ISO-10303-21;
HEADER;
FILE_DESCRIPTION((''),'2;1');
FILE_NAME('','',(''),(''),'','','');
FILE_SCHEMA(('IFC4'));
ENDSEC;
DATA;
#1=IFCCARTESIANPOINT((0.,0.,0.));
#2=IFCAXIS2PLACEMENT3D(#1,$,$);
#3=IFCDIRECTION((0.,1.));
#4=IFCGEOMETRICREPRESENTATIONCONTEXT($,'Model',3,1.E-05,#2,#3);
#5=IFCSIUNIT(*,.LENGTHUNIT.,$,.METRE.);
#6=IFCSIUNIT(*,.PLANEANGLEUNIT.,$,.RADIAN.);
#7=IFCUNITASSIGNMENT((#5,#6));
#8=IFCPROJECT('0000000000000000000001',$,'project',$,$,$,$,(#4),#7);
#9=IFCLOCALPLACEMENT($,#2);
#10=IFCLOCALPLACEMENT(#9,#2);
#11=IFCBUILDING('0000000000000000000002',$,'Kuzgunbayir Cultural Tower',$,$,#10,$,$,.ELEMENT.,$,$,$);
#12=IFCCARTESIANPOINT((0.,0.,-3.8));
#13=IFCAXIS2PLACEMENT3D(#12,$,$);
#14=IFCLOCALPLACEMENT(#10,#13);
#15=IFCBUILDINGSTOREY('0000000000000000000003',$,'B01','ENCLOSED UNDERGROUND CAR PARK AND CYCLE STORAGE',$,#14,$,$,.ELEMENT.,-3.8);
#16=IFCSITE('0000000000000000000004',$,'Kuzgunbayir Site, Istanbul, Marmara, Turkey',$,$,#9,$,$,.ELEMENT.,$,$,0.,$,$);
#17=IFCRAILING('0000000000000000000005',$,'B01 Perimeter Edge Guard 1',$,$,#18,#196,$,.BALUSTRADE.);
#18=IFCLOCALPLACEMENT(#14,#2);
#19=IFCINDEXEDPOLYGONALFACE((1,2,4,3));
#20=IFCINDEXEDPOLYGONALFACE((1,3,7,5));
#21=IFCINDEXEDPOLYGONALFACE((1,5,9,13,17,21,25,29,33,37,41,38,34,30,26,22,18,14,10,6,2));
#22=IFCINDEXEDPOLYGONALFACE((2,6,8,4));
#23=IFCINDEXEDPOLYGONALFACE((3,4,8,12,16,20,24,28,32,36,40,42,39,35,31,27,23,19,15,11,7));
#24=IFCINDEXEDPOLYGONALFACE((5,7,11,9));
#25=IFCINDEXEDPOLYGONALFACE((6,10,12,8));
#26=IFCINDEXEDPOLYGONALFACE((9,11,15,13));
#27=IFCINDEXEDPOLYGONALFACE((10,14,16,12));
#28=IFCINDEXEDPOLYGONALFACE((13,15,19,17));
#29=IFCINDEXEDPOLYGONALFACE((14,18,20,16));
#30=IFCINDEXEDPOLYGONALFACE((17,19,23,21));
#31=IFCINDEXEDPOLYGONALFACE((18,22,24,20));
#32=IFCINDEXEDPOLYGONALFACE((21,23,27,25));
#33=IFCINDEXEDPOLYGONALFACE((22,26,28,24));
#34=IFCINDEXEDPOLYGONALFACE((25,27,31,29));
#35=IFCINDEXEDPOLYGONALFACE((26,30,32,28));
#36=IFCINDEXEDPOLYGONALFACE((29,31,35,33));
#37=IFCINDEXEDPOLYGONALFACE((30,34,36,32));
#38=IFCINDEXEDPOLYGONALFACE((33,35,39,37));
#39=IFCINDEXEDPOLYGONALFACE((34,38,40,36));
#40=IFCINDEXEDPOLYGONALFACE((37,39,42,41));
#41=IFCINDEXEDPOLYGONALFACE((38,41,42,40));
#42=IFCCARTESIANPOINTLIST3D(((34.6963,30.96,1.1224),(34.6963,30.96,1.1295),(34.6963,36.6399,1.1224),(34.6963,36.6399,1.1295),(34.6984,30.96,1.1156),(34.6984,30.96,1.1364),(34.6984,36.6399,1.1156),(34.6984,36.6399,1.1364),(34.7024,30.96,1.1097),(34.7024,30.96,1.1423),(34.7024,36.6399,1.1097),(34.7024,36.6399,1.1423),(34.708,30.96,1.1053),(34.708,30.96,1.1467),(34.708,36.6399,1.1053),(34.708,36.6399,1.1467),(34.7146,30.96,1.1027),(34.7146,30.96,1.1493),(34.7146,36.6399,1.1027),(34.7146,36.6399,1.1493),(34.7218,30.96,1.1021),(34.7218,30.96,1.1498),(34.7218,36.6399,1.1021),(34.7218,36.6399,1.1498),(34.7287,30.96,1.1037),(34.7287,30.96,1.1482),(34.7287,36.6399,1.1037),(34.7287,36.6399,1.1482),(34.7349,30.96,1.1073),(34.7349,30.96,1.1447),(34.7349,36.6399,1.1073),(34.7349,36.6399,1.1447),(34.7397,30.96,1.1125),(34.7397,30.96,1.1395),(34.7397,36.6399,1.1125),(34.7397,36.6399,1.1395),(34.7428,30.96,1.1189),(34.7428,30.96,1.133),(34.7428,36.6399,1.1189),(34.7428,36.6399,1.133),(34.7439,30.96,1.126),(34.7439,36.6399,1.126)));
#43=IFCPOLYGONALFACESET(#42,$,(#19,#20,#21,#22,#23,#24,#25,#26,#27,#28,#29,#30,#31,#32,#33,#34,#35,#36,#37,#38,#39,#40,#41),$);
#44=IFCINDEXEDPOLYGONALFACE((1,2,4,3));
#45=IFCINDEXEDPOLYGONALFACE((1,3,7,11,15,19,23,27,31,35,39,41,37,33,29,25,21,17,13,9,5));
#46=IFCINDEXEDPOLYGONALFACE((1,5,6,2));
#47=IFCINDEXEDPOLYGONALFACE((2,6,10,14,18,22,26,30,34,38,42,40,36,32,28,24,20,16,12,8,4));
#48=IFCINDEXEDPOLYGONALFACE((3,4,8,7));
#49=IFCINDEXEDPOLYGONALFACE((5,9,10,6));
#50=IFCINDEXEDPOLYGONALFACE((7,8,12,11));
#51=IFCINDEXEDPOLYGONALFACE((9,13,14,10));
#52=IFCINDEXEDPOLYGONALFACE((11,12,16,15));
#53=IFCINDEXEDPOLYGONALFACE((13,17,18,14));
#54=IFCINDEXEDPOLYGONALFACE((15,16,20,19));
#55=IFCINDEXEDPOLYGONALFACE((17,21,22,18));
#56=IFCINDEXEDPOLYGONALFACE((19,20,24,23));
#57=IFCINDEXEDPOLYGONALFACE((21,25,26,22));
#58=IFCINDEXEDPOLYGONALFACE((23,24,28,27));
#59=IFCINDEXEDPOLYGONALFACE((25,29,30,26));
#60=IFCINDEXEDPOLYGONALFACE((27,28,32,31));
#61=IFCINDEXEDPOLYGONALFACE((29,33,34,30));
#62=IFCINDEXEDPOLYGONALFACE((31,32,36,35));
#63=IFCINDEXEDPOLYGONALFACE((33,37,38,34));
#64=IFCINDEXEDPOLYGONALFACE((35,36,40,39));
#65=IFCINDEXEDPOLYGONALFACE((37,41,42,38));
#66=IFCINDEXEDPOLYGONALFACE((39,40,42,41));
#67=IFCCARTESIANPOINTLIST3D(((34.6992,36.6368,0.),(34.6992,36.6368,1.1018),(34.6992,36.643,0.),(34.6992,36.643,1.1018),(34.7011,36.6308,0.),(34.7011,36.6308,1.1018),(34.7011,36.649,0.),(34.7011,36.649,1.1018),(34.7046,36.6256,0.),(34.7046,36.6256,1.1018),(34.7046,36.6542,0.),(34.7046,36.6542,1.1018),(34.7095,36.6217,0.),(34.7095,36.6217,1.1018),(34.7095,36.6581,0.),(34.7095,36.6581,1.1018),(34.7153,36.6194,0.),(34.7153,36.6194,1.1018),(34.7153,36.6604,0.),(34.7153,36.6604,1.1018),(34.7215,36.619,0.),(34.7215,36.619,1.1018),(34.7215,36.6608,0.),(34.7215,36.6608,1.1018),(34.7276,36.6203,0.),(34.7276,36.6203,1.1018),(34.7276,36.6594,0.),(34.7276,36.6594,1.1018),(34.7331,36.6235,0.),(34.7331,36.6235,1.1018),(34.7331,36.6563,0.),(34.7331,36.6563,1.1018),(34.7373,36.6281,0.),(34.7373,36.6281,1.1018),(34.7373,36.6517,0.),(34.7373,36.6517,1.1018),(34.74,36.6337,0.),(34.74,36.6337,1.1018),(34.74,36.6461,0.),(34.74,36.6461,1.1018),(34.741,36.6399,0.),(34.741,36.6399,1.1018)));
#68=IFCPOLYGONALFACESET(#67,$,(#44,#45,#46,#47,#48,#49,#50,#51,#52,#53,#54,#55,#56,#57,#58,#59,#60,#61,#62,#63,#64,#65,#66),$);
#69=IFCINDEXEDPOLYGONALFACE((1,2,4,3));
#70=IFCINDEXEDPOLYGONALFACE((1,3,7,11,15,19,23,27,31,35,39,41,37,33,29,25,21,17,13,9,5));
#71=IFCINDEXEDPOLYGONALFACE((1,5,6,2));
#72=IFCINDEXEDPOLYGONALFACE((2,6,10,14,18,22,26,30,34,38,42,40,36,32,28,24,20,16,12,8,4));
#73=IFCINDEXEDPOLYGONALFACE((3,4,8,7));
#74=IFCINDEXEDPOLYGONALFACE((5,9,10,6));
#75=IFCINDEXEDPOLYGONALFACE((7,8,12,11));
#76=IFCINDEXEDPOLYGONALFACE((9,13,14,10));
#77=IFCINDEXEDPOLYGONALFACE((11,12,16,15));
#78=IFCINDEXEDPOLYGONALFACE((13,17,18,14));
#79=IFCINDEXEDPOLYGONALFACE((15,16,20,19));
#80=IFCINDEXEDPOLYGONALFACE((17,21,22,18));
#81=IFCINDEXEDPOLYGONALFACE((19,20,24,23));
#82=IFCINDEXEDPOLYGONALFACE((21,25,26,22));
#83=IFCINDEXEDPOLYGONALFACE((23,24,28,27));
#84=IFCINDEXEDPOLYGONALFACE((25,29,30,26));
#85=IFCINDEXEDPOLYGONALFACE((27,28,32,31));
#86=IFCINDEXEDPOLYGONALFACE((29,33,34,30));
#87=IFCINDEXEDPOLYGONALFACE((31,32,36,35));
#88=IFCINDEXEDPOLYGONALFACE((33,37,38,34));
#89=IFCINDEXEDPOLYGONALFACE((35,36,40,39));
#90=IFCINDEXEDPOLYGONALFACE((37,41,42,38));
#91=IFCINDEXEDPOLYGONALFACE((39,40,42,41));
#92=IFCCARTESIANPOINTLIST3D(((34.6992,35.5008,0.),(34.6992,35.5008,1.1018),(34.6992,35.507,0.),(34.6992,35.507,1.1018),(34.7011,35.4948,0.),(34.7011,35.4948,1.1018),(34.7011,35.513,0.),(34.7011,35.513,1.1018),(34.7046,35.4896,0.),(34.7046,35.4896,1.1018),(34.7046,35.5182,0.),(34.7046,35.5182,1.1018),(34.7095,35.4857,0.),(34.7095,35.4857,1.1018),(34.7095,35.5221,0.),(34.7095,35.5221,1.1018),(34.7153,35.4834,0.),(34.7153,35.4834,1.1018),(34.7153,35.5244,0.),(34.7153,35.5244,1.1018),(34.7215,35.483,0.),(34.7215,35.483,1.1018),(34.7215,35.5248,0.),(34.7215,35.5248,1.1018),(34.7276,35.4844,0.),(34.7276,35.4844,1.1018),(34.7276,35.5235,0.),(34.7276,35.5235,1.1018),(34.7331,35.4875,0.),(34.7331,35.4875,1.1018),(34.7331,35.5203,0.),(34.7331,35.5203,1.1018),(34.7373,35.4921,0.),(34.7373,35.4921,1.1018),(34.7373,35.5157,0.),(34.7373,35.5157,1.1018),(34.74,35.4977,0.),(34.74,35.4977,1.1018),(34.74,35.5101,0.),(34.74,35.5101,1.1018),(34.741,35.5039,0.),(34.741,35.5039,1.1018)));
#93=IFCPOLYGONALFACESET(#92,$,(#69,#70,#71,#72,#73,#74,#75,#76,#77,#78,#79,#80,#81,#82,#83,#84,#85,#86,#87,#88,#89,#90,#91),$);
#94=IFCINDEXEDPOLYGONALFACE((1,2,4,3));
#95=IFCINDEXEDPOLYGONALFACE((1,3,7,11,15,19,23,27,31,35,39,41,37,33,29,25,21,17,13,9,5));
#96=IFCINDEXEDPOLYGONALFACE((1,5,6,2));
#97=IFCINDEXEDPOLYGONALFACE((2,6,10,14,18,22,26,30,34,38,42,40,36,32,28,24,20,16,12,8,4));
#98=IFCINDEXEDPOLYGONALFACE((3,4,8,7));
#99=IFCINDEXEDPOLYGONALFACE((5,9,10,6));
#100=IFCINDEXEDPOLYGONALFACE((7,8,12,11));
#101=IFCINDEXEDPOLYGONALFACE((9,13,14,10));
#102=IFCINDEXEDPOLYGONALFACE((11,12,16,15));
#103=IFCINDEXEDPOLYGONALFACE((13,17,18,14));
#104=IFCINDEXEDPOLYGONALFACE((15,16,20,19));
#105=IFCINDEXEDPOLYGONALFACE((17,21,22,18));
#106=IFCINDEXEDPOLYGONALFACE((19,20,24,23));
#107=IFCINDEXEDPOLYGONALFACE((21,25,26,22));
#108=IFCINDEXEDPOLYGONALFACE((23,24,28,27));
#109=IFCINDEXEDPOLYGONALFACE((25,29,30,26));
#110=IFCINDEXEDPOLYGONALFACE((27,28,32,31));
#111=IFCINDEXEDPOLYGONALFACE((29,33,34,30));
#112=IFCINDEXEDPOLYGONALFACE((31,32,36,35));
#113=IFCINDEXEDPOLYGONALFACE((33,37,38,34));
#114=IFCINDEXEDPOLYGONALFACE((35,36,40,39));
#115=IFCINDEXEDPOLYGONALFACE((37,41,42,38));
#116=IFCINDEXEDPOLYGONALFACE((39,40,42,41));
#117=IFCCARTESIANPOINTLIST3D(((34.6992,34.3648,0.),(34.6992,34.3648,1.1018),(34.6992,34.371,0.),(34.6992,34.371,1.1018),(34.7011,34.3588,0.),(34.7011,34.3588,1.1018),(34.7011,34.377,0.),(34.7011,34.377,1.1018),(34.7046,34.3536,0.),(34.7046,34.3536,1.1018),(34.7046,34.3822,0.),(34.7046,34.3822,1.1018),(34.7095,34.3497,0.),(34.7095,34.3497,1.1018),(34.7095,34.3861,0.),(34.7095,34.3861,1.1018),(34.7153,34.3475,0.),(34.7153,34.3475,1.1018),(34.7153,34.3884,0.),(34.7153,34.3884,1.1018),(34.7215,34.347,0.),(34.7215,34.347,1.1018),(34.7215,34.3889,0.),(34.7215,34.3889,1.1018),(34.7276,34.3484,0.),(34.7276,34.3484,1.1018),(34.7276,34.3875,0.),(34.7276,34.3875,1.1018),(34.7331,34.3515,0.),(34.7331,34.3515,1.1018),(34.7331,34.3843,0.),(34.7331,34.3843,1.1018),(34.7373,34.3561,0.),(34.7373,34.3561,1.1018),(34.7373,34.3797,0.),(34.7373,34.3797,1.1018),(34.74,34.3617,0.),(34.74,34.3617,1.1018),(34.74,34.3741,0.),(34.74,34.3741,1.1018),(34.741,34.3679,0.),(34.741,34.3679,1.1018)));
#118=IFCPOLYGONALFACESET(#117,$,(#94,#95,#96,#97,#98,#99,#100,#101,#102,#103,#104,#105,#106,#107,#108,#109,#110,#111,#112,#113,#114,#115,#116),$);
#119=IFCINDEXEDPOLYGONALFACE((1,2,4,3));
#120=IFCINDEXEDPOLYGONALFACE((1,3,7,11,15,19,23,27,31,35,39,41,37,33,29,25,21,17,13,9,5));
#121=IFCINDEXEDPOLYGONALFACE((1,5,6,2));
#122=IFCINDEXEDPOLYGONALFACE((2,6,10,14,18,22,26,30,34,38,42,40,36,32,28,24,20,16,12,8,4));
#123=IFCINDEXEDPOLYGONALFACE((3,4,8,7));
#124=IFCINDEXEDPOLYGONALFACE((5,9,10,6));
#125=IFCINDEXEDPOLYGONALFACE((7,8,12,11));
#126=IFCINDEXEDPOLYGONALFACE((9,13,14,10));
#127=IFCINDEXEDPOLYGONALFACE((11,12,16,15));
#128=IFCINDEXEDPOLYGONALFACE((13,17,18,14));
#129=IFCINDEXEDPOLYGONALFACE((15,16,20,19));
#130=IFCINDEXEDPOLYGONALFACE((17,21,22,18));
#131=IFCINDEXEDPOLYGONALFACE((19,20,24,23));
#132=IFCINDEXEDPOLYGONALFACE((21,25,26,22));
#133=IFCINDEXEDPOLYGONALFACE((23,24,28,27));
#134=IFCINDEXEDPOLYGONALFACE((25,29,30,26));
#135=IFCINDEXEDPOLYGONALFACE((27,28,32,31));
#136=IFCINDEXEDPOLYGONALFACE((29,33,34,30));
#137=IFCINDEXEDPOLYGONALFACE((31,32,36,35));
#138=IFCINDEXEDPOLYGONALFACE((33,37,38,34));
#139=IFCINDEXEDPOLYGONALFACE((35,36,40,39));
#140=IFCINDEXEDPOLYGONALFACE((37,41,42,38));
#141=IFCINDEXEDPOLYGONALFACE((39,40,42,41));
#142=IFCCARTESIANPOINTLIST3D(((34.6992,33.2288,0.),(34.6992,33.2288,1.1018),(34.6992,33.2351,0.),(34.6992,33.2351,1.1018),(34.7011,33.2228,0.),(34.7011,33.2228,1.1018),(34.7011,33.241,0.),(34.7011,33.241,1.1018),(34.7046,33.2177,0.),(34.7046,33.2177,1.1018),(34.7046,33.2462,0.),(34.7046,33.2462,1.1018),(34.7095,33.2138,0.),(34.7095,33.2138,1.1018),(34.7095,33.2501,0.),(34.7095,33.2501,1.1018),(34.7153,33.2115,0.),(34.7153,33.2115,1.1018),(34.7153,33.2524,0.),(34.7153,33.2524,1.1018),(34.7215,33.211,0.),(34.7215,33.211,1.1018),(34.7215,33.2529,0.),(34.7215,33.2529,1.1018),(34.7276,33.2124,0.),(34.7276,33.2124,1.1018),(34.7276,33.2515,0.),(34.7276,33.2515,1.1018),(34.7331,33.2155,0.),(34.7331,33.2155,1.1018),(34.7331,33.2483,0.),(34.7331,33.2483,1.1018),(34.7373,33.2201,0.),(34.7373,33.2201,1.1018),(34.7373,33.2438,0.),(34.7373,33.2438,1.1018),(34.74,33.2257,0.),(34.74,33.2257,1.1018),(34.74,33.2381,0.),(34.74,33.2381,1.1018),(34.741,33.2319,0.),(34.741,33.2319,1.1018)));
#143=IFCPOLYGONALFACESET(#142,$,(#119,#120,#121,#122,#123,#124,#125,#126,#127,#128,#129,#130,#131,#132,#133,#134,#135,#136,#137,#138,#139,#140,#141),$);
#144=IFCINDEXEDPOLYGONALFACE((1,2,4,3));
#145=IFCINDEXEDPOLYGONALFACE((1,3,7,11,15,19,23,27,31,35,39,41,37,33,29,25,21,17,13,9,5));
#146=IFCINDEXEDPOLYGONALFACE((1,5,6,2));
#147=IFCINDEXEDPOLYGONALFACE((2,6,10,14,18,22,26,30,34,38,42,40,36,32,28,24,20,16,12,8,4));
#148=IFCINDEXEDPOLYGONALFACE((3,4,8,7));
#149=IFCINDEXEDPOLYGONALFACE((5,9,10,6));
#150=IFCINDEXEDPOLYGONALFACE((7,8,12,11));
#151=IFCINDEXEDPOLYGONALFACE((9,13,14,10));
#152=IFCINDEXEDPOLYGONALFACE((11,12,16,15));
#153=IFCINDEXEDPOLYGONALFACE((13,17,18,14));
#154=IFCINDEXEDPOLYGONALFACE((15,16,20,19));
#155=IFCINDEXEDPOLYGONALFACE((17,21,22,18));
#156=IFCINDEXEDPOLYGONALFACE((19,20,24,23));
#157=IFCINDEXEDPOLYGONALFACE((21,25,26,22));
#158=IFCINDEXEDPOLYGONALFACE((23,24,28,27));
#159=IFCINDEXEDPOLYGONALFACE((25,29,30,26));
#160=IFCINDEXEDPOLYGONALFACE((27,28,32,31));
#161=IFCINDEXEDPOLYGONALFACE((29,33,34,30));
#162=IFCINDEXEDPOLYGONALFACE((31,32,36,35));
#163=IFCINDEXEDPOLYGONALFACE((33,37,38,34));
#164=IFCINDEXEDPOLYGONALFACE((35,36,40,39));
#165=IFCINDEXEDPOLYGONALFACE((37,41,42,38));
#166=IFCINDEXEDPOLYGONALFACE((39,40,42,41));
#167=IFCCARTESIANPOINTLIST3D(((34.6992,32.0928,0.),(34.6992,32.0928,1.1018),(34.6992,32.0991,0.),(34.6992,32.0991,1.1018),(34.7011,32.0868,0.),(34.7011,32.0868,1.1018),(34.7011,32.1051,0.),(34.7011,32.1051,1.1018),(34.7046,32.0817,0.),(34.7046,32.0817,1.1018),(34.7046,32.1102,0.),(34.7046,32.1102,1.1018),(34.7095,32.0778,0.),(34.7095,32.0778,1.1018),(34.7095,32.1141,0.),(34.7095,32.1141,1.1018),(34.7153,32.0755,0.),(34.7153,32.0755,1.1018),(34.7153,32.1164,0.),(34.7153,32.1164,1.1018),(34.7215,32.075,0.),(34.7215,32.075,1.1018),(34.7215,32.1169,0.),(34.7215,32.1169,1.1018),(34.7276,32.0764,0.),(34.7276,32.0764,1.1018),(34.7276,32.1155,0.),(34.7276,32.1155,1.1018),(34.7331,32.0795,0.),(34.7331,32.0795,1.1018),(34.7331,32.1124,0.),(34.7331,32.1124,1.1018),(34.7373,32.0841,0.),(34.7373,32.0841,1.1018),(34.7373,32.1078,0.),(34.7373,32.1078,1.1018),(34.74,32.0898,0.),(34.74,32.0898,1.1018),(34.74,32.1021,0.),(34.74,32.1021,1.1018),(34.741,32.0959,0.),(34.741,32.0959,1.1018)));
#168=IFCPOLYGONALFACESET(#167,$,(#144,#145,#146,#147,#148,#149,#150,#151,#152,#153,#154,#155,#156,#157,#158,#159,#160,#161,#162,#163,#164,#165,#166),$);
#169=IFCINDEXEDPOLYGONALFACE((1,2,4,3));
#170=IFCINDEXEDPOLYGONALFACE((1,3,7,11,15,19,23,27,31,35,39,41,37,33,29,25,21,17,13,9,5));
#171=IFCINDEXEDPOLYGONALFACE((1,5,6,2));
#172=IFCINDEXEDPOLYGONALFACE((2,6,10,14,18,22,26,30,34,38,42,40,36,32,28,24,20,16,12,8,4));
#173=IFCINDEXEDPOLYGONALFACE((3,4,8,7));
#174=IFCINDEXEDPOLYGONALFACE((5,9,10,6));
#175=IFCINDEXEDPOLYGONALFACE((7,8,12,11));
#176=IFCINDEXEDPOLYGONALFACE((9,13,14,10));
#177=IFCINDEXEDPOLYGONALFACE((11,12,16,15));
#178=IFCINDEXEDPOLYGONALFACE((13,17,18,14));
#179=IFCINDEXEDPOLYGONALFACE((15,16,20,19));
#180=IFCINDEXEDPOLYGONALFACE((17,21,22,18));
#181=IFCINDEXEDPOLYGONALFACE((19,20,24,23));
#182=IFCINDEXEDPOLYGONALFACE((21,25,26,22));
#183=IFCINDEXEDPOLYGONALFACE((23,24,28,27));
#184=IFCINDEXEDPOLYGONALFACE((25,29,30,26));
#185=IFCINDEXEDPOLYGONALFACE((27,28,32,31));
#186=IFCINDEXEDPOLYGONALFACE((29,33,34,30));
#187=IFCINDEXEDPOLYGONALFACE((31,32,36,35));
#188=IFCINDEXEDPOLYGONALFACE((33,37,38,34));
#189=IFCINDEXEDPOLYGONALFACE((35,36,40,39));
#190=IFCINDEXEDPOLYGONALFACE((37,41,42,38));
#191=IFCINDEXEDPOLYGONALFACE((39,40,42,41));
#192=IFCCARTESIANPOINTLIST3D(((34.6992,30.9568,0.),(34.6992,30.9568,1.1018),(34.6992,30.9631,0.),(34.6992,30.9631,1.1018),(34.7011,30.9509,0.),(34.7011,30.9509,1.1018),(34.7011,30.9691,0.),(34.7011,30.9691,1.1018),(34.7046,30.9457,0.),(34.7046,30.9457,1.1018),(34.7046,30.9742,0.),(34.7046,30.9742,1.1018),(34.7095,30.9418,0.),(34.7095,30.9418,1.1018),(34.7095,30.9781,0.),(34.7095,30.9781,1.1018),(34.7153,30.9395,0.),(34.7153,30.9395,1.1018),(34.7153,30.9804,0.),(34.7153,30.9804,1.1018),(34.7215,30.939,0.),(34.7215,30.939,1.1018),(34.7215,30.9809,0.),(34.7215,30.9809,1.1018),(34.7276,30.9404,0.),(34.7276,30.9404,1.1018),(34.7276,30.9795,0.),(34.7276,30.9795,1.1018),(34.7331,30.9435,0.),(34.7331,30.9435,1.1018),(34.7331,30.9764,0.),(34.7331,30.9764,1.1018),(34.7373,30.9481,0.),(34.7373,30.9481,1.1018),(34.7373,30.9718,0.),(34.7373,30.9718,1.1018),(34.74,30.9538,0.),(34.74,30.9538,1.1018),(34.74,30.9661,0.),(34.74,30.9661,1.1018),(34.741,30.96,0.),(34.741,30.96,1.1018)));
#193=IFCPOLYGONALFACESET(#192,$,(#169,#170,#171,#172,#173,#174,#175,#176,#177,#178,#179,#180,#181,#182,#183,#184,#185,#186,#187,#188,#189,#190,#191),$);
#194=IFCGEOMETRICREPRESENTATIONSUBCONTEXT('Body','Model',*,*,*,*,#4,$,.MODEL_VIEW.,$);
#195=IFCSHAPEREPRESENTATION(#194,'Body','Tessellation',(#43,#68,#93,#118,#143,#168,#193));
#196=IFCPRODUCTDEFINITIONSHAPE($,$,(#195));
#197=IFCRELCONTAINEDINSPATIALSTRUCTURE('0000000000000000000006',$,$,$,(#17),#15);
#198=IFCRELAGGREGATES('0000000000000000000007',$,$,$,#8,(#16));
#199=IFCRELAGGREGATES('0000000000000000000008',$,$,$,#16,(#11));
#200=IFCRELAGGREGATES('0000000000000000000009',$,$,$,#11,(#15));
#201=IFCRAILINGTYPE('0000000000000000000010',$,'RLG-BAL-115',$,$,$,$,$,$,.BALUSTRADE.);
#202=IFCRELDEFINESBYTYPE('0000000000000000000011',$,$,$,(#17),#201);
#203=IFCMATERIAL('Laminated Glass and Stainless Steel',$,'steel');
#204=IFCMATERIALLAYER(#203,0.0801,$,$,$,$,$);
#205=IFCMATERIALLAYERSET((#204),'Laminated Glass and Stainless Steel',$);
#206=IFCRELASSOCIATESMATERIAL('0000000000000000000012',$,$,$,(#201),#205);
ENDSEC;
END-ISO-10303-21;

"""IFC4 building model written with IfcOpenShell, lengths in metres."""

from ifc_helpers import new_model, si_unit, direction, frame, origin, origin_2d, place, context, subcontext, project, spatial, circle, extrude, material, layer, layer_set, type_object, element, save


model = new_model("IFC4")

# Units and contexts
model_context = context("Model", 3, precision=1e-05, world=origin(), true_north=direction((0.0, 1.0)))
body_context = subcontext(model_context, "Body", "Model", "MODEL_VIEW")
ifc_project = project(units=[si_unit("LENGTHUNIT", "METRE"), si_unit("PLANEANGLEUNIT", "RADIAN")], contexts=[model_context])

# Site, building, storey
site_placement = place(None, origin())
site = spatial("IfcSite", under=ifc_project, at=site_placement, Name="Kuzgunbayir Site, Istanbul, Marmara, Turkey", CompositionType="ELEMENT", RefElevation=0.0)
building_placement = place(site_placement, origin())
building = spatial("IfcBuilding", under=site, at=building_placement, Name="Kuzgunbayir Cultural Tower", CompositionType="ELEMENT")
storey_placement = place(building_placement, frame((0.0, 0.0, -3.8)))
storey = spatial("IfcBuildingStorey", under=building, at=storey_placement, Name="B01", Description="ENCLOSED UNDERGROUND CAR PARK AND CYCLE STORAGE", CompositionType="ELEMENT", Elevation=-3.8)

# Railing
ifc_material_1 = material(Name="Laminated Glass and Stainless Steel", Category="steel")
ifc_layer_1 = layer(ifc_material_1, 0.0801)
ifc_layer_set_1 = layer_set([ifc_layer_1], Name="Laminated Glass and Stainless Steel")
railing_type_1 = type_object("IfcRailingType", Name="RLG-BAL-115", PredefinedType="BALUSTRADE", material=ifc_layer_set_1)
railing_1_placement = place(storey_placement, frame((34.72, 36.6399, 0.0)))
element("IfcRailing", 1, at=railing_1_placement, inside=storey, type_object=railing_type_1, Name="B01 Perimeter Edge Guard 1", PredefinedType="BALUSTRADE", context=body_context, shape_type="SweptSolid", body=[
    extrude(circle(Radius=0.0239, at=origin_2d()), frame((0.0, 0.0, 1.126), z_axis=(0.0, -1.0, 0.0), x_axis=(1.0, 0.0, 0.0)), (0.0, 0.0, 1.0), 5.6799),
    extrude(circle(Radius=0.021, at=origin_2d()), origin(), (0.0, 0.0, 1.0), 1.1018),
    extrude(circle(Radius=0.021, at=origin_2d()), frame((0.0, -1.136, 0.0)), (0.0, 0.0, 1.0), 1.1018),
    extrude(circle(Radius=0.021, at=origin_2d()), frame((0.0, -2.272, 0.0)), (0.0, 0.0, 1.0), 1.1018),
    extrude(circle(Radius=0.021, at=origin_2d()), frame((0.0, -3.408, 0.0)), (0.0, 0.0, 1.0), 1.1018),
    extrude(circle(Radius=0.021, at=origin_2d()), frame((0.0, -4.5439, 0.0)), (0.0, 0.0, 1.0), 1.1018),
    extrude(circle(Radius=0.021, at=origin_2d()), frame((0.0, -5.6799, 0.0)), (0.0, 0.0, 1.0), 1.1018),
])

save(model, "model.ifc")
